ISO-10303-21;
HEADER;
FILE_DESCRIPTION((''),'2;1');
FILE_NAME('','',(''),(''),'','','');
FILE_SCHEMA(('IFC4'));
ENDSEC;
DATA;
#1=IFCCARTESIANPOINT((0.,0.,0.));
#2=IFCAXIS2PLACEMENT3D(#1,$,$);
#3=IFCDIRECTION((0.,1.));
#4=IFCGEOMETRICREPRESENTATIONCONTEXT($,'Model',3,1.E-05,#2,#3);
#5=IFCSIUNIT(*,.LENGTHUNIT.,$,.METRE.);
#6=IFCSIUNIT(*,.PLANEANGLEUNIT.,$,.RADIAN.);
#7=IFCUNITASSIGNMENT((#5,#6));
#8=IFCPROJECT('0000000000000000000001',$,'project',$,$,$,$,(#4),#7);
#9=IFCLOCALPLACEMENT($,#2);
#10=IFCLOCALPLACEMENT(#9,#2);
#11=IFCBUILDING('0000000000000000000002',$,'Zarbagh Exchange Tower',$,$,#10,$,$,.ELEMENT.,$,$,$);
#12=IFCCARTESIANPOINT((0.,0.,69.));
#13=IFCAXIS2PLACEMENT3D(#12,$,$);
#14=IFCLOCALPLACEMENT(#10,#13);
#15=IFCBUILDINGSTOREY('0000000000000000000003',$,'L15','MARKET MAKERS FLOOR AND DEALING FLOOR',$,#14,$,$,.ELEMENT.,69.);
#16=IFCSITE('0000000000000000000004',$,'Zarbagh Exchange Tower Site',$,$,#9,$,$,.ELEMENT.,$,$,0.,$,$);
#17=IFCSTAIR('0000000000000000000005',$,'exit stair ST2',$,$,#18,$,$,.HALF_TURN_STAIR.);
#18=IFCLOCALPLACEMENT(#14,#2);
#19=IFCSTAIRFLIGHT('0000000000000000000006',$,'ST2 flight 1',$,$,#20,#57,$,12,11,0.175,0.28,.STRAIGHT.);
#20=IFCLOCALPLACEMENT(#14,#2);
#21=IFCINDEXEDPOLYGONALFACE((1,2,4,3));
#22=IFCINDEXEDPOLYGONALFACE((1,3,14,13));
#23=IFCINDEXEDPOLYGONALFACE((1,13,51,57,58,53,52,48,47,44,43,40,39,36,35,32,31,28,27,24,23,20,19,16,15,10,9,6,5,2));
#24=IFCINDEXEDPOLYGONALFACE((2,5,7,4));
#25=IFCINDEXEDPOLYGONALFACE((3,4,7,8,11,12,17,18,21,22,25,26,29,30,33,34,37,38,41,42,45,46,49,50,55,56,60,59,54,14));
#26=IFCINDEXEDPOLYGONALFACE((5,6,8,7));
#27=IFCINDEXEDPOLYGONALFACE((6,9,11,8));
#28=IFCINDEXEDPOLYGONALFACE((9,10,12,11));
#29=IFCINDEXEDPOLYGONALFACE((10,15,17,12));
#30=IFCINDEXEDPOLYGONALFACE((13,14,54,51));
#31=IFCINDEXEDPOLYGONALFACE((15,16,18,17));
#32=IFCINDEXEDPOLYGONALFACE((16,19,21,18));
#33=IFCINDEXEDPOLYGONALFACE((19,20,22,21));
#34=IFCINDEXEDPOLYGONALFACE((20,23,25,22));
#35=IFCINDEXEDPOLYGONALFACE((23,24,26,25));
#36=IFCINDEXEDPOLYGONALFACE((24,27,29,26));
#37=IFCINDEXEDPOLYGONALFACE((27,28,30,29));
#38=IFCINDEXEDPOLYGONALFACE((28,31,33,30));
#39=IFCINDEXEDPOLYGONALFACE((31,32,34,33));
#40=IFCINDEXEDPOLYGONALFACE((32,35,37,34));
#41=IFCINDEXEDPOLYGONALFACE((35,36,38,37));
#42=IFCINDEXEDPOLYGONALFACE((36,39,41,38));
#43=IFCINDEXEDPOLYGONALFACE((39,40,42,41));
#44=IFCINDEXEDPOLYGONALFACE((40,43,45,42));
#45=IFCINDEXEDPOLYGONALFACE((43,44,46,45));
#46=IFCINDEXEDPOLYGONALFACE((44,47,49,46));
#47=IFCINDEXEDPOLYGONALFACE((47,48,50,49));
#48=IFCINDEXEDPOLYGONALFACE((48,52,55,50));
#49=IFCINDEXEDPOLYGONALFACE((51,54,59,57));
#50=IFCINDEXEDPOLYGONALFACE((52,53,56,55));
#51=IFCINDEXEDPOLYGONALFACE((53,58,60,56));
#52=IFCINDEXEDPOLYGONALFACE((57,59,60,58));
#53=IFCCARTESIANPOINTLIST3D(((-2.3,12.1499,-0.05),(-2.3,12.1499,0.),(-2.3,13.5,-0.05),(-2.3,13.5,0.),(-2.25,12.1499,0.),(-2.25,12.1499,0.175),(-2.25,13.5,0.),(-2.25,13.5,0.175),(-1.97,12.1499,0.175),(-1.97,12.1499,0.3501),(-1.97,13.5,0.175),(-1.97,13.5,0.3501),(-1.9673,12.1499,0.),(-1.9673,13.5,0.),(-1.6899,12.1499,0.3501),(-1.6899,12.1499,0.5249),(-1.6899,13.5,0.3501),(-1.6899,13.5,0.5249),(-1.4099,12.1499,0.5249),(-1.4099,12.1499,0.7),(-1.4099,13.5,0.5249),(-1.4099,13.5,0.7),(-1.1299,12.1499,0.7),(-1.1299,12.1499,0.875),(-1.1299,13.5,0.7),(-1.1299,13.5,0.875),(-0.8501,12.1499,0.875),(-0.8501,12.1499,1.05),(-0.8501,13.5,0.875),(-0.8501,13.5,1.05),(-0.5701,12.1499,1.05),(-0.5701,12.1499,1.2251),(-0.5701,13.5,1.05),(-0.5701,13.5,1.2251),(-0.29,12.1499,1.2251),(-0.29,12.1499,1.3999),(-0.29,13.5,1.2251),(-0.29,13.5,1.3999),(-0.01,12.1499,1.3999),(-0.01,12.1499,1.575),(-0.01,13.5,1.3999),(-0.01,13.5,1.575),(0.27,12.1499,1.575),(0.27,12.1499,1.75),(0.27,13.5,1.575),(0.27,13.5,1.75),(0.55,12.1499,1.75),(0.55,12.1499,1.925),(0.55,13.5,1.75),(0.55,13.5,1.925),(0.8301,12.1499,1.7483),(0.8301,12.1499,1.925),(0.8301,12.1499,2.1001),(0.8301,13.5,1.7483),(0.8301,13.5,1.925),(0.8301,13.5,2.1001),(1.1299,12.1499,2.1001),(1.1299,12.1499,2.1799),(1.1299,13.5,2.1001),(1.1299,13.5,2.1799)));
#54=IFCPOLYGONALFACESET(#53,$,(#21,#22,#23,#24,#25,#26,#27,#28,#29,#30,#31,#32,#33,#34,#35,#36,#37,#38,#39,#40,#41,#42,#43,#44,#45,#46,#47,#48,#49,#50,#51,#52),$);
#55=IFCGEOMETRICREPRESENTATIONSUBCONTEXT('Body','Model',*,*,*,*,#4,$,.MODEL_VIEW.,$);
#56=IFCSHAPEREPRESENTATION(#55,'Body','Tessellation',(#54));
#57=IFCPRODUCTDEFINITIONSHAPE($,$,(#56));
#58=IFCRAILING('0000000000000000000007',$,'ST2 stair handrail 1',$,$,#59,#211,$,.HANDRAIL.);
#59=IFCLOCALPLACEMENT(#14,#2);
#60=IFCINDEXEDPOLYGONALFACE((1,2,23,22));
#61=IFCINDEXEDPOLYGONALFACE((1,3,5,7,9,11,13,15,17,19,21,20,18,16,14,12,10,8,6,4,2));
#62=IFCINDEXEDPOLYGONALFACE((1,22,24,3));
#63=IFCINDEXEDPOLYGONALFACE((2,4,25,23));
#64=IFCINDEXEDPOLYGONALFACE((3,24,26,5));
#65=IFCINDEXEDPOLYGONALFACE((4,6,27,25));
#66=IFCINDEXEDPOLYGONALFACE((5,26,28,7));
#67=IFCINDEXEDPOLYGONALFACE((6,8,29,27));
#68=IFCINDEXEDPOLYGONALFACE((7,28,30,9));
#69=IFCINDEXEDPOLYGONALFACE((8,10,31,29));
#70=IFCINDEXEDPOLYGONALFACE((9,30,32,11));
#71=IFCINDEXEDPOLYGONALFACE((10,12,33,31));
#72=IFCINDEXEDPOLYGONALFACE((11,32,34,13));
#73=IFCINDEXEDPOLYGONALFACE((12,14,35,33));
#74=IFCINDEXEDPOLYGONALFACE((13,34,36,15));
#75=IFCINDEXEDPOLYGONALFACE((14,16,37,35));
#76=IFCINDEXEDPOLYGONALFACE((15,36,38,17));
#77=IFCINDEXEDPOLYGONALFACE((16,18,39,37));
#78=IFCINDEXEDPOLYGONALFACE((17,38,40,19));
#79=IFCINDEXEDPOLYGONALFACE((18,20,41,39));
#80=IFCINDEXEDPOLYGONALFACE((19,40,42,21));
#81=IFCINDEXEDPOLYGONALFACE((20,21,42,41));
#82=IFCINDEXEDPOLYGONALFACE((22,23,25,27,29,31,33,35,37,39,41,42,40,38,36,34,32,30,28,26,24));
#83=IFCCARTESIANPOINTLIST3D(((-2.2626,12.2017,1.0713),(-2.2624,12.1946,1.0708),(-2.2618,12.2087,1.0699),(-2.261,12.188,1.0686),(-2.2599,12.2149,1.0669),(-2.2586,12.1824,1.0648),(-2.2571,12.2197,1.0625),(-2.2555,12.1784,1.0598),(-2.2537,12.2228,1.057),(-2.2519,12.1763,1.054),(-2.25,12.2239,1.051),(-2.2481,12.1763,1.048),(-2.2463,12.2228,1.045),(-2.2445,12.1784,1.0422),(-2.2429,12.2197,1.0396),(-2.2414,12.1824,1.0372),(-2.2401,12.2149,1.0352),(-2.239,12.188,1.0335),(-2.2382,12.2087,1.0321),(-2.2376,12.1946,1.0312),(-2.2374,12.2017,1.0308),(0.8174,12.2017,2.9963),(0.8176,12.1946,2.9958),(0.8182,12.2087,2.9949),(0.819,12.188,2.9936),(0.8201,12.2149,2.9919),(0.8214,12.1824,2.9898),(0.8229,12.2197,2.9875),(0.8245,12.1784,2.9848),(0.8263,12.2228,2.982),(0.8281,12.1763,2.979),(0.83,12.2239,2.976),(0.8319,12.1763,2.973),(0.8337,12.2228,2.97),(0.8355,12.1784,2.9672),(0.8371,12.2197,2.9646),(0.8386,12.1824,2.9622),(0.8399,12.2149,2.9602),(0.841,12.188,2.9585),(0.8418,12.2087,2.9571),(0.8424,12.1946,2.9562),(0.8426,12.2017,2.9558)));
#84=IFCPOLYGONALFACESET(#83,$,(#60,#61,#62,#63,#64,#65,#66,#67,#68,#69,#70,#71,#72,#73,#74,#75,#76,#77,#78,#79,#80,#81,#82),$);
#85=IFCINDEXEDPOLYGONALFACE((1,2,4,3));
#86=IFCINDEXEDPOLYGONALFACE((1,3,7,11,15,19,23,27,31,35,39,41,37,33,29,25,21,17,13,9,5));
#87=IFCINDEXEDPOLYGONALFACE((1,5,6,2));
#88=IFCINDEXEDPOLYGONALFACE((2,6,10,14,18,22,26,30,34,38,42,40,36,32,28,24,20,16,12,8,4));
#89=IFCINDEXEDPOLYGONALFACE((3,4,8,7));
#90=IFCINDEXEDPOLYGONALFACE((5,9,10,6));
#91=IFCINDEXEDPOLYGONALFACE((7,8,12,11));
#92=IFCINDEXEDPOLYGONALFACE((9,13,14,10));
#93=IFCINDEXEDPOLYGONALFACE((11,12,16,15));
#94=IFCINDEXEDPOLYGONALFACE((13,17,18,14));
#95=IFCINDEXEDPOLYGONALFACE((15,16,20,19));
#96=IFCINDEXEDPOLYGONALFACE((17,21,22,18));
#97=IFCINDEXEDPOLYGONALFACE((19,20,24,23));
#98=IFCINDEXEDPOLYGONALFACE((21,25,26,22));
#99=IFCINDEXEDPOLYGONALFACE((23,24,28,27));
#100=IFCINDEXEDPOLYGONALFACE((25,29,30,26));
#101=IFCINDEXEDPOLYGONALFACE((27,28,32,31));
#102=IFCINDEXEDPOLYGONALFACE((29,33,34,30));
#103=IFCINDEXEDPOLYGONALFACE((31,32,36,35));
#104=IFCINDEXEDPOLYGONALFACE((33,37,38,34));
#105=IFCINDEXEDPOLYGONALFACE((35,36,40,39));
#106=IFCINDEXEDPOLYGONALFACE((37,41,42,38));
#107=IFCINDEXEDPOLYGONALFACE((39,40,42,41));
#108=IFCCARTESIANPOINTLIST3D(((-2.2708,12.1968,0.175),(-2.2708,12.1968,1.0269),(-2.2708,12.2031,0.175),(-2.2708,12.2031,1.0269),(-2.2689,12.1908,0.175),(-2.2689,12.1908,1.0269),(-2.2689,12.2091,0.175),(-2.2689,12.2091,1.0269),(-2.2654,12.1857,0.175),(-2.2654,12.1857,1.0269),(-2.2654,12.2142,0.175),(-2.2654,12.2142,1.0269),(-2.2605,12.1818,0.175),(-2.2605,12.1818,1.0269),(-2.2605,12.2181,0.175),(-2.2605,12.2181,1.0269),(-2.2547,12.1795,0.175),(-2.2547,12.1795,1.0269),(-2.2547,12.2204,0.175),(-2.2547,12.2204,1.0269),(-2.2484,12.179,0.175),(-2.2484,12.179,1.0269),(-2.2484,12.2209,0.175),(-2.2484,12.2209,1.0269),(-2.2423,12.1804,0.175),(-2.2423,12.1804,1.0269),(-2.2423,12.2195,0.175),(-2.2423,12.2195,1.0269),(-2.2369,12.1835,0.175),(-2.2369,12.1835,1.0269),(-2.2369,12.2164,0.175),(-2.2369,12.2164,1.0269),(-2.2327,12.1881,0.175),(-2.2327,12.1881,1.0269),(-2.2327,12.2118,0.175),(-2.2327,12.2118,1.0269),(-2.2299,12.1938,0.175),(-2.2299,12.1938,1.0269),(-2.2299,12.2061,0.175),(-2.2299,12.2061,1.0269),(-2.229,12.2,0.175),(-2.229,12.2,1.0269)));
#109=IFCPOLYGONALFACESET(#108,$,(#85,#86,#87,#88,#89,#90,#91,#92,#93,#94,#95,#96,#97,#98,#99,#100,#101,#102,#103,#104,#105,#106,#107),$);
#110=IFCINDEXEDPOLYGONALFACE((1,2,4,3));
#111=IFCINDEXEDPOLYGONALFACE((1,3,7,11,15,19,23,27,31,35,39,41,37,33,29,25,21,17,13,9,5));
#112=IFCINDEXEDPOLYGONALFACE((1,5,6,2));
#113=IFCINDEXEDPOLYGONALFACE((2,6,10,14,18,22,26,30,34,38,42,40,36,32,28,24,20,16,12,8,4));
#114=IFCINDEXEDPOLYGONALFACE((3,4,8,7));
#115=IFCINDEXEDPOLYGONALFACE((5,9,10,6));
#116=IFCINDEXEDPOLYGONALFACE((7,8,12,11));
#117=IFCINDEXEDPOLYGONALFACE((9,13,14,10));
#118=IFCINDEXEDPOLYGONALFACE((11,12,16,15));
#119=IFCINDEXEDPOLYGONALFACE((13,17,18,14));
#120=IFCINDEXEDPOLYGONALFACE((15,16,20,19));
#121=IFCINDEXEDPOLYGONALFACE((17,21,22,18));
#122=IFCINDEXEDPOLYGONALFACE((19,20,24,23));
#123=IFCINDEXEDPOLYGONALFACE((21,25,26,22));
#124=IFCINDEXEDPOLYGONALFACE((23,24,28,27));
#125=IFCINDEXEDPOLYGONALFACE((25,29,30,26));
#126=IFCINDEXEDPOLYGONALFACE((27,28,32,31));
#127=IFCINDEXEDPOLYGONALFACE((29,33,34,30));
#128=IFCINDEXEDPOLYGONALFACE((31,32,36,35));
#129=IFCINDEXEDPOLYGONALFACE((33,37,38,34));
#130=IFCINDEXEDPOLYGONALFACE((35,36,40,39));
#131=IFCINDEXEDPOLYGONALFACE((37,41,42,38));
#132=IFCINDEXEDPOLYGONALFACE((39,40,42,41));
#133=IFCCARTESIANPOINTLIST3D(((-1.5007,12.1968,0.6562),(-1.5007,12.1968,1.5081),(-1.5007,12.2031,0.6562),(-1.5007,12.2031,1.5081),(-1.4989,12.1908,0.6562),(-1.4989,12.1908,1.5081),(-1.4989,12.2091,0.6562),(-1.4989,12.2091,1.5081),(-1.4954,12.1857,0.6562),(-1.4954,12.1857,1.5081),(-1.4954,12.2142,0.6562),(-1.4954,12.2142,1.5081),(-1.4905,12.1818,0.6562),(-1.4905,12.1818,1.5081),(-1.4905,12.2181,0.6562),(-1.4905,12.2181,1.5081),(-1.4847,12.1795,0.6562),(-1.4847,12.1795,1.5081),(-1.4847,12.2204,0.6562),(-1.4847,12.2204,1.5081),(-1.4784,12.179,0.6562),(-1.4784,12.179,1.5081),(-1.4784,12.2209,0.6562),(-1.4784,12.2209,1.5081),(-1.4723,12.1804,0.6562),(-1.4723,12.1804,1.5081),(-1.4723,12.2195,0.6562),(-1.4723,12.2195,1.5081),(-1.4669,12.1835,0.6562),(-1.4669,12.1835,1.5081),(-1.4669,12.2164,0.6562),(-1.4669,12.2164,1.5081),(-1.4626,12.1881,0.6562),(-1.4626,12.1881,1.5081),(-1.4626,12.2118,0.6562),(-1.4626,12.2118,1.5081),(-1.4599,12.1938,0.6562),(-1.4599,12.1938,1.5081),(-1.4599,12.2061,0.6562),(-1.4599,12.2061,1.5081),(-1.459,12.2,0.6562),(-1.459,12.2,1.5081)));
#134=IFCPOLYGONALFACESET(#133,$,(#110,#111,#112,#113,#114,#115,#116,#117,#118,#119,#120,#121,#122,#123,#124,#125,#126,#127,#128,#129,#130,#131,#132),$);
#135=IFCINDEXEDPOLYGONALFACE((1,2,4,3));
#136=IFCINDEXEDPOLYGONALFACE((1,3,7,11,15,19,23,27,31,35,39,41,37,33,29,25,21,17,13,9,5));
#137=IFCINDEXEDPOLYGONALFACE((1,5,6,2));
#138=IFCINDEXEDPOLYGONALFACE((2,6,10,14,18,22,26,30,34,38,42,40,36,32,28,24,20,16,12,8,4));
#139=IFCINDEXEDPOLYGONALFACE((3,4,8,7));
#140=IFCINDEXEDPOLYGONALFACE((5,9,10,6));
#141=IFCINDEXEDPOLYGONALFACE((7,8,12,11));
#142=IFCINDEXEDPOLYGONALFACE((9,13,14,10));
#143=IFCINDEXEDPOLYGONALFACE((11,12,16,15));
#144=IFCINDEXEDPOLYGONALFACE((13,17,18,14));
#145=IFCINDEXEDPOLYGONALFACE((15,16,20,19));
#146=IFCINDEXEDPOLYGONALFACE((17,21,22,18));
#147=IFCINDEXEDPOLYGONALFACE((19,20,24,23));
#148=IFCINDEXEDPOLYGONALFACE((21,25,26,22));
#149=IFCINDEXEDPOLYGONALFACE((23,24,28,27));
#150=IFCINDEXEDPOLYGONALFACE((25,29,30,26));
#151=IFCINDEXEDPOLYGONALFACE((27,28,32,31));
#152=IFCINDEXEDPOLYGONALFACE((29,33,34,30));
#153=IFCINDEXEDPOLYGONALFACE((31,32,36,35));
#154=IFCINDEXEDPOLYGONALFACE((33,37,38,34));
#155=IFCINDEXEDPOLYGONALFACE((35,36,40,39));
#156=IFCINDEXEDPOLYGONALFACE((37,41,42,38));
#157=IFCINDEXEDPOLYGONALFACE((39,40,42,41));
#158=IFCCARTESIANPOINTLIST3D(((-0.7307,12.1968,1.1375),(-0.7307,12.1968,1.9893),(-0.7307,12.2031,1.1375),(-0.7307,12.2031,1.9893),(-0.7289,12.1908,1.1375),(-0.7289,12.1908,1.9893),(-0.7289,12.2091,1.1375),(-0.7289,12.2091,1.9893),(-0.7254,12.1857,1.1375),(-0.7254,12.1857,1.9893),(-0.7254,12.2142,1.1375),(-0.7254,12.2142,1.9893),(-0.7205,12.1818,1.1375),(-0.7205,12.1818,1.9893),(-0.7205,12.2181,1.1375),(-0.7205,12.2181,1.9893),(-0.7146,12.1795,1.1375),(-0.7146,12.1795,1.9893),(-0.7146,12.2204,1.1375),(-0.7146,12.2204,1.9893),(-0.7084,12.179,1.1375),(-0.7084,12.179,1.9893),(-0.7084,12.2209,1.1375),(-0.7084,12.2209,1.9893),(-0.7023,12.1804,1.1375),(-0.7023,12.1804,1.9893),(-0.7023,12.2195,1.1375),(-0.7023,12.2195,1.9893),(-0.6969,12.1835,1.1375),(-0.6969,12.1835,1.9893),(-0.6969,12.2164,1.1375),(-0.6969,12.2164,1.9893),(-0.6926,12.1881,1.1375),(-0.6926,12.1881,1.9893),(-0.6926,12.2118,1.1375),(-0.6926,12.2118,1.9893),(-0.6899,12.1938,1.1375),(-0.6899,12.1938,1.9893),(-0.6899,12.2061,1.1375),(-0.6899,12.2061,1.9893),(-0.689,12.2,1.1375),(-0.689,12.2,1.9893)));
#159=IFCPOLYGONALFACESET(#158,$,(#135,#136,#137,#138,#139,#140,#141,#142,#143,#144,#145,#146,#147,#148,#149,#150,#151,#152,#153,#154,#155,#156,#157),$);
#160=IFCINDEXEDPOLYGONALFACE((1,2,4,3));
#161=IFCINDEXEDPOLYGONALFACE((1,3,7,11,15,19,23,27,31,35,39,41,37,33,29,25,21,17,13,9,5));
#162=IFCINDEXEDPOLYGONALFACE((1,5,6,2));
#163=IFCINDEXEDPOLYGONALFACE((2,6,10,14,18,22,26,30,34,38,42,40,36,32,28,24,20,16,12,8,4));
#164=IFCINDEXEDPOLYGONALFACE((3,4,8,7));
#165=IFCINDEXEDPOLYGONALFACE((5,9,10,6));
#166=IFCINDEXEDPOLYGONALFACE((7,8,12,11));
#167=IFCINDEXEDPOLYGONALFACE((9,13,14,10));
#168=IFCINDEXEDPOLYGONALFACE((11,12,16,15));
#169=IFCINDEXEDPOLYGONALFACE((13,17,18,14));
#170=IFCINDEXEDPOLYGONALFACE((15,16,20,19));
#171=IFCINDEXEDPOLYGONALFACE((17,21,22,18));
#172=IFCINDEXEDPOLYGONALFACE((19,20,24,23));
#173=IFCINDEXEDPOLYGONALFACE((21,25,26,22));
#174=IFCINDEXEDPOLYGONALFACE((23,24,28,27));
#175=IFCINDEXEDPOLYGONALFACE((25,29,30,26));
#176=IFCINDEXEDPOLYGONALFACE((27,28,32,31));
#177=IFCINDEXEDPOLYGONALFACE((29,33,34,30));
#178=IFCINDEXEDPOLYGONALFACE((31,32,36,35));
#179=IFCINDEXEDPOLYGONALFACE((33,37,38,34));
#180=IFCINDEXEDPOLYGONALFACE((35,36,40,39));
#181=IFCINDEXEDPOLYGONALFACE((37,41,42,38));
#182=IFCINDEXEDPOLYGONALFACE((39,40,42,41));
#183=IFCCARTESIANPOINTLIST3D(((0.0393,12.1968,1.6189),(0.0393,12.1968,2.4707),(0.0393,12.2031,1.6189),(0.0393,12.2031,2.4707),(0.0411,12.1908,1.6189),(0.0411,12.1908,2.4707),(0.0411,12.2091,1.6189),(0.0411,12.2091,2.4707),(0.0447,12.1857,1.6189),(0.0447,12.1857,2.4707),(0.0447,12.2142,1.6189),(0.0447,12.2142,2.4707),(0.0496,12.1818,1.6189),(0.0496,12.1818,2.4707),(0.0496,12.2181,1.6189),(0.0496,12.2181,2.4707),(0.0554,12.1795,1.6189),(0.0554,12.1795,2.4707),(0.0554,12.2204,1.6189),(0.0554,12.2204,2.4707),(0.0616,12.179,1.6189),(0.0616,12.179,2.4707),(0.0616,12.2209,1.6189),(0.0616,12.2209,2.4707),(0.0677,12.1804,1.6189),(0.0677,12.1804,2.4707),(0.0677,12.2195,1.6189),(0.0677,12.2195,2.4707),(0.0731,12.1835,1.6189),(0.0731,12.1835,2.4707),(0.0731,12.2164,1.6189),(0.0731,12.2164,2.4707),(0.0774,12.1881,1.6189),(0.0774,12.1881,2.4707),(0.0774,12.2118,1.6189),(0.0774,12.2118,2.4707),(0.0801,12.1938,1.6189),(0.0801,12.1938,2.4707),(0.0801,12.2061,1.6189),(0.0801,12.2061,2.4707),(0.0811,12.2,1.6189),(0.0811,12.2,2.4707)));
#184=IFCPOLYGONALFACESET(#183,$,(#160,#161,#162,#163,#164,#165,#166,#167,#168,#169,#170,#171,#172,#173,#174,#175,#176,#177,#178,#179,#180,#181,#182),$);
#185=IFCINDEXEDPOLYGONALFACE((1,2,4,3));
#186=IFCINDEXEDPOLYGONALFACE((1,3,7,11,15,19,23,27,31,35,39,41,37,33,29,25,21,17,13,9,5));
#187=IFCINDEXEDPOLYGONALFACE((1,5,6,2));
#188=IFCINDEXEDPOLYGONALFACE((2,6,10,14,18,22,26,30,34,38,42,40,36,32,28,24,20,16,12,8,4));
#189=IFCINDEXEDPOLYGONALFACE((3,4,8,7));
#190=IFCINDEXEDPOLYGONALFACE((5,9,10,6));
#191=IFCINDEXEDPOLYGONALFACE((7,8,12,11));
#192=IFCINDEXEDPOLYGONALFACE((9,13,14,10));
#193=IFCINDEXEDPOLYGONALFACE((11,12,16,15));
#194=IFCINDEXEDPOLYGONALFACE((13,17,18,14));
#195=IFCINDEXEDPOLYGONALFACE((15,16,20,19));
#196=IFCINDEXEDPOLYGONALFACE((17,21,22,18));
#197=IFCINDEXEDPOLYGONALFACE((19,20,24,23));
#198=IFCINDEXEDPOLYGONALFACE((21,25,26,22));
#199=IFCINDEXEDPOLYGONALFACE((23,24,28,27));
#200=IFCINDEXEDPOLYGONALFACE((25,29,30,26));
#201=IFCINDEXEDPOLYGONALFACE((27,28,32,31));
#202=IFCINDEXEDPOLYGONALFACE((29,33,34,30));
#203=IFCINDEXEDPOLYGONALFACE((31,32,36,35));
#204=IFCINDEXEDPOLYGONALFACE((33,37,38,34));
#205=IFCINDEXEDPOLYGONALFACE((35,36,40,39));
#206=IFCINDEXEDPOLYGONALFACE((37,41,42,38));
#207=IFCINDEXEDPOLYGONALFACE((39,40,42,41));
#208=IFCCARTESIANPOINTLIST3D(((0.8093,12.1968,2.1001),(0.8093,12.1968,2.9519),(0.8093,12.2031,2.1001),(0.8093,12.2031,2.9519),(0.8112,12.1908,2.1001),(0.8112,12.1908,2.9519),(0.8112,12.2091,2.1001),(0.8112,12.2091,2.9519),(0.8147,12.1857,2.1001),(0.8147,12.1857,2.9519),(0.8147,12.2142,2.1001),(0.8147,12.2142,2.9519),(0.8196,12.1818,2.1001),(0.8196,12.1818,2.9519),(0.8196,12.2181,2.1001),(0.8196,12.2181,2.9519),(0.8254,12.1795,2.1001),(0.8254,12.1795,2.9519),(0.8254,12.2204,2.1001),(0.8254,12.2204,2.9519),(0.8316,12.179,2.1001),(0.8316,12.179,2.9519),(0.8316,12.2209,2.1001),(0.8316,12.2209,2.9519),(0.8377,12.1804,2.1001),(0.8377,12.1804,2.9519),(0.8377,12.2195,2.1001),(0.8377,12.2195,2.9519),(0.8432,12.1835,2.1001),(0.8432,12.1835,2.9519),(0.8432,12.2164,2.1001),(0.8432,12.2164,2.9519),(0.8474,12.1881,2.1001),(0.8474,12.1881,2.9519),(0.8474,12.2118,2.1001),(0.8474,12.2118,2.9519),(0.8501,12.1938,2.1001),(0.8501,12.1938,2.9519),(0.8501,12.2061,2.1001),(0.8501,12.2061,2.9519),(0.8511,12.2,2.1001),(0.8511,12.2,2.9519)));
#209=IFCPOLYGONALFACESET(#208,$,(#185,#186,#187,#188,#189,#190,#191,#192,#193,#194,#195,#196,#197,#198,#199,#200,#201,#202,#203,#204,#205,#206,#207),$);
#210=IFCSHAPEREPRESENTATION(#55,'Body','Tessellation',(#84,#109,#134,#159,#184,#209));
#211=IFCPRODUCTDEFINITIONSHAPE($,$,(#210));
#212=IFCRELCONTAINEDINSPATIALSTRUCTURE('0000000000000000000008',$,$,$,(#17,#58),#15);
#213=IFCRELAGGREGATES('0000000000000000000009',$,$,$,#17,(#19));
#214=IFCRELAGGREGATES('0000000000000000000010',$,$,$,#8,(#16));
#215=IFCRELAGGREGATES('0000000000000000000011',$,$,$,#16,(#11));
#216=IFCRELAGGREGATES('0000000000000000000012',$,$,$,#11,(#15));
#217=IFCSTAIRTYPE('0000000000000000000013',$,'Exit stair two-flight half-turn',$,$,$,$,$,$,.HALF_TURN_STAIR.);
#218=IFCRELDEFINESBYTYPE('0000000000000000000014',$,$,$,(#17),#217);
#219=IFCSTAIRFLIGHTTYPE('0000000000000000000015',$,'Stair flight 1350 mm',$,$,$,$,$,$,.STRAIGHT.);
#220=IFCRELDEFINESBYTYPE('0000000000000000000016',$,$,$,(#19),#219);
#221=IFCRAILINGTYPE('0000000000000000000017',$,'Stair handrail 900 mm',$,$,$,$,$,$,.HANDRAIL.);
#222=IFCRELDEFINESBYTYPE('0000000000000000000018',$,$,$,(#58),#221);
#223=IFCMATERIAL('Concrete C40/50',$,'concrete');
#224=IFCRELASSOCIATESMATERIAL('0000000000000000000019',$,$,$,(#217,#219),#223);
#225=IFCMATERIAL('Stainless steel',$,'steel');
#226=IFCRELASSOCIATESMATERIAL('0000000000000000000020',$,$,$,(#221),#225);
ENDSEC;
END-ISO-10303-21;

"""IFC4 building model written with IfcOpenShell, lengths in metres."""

from ifc_helpers import new_model, si_unit, direction, frame, origin, origin_2d, place, context, subcontext, project, spatial, polyline, circle, outline, extrude, material, type_object, element, aggregate, save


model = new_model("IFC4")

# Units and contexts
model_context = context("Model", 3, precision=1e-05, world=origin(), true_north=direction((0.0, 1.0)))
body_context = subcontext(model_context, "Body", "Model", "MODEL_VIEW")
ifc_project = project(units=[si_unit("LENGTHUNIT", "METRE"), si_unit("PLANEANGLEUNIT", "RADIAN")], contexts=[model_context])

# Site, building, storey
site_placement = place(None, origin())
site = spatial("IfcSite", under=ifc_project, at=site_placement, Name="Zarbagh Exchange Tower Site", CompositionType="ELEMENT", RefElevation=0.0)
building_placement = place(site_placement, origin())
building = spatial("IfcBuilding", under=site, at=building_placement, Name="Zarbagh Exchange Tower", CompositionType="ELEMENT")
storey_placement = place(building_placement, frame((0.0, 0.0, 69.0)))
storey = spatial("IfcBuildingStorey", under=building, at=storey_placement, Name="L15", Description="MARKET MAKERS FLOOR AND DEALING FLOOR", CompositionType="ELEMENT", Elevation=69.0)

# Shared definitions
ifc_material_1 = material(Name="Concrete C40/50", Category="concrete")

# Stair, stair flight
stair_type = type_object("IfcStairType", Name="Exit stair two-flight half-turn", PredefinedType="HALF_TURN_STAIR", material=ifc_material_1)
stair_placement = place(storey_placement, origin())
stair = element("IfcStair", 1, at=stair_placement, inside=storey, type_object=stair_type, Name="exit stair ST2", PredefinedType="HALF_TURN_STAIR")
stair_flight_type = type_object("IfcStairFlightType", Name="Stair flight 1350 mm", PredefinedType="STRAIGHT", material=ifc_material_1)
stair_flight_placement = place(storey_placement, frame((-2.25, 12.825, 0.0), z_axis=(0.0, 0.0, 1.0), x_axis=(1.0, 0.0, 0.0)))
stair_flight = element("IfcStairFlight", 2, at=stair_flight_placement, type_object=stair_flight_type, Name="ST2 flight 1", NumberOfRisers=12, NumberOfTreads=11, PredefinedType="STRAIGHT", RiserHeight=0.175, TreadLength=0.28, context=body_context, shape_type="SweptSolid", body=[
    extrude(outline(polyline([(-0.05, -0.05), (-0.05, 0.0), (0.0, 0.0), (0.0, 0.175), (0.28, 0.175), (0.28, 0.3501), (0.5601, 0.3501), (0.5601, 0.5249), (0.8401, 0.5249), (0.8401, 0.7), (1.1201, 0.7), (1.1201, 0.875), (1.3999, 0.875), (1.3999, 1.05), (1.6799, 1.05), (1.6799, 1.2251), (1.96, 1.2251), (1.96, 1.3999), (2.24, 1.3999), (2.24, 1.575), (2.52, 1.575), (2.52, 1.75), (2.8, 1.75), (2.8, 1.925), (3.0801, 1.925), (3.0801, 2.1001), (3.3799, 2.1799), (3.3799, 2.1001), (3.0801, 1.7483), (0.2827, 0.0), (-0.05, -0.05)])), frame((0.0, 0.675, 0.0), z_axis=(0.0, -1.0, 0.0), x_axis=(1.0, 0.0, 0.0)), (0.0, 0.0, 1.0), 1.3501),
])
aggregate(stair, [stair_flight])

# Railing
ifc_material_2 = material(Name="Stainless steel", Category="steel")
railing_type = type_object("IfcRailingType", Name="Stair handrail 900 mm", PredefinedType="HANDRAIL", material=ifc_material_2)
railing_placement = place(storey_placement, frame((-2.25, 12.2, 0.175)))
element("IfcRailing", 3, at=railing_placement, inside=storey, type_object=railing_type, Name="ST2 stair handrail 1", PredefinedType="HANDRAIL", context=body_context, shape_type="SweptSolid", body=[
    extrude(circle(Radius=0.0239, at=origin_2d()), frame((0.0, 0.0, 0.876), z_axis=(0.847998, 0.0, 0.529999), x_axis=(0.0, 1.0, 0.0)), (0.0, 0.0, 1.0), 3.6321),
    extrude(circle(Radius=0.021, at=origin_2d()), origin(), (0.0, 0.0, 1.0), 0.8518),
    extrude(circle(Radius=0.021, at=origin_2d()), frame((0.77, 0.0, 0.4812)), (0.0, 0.0, 1.0), 0.8518),
    extrude(circle(Radius=0.021, at=origin_2d()), frame((1.54, 0.0, 0.9624)), (0.0, 0.0, 1.0), 0.8518),
    extrude(circle(Radius=0.021, at=origin_2d()), frame((2.3101, 0.0, 1.4438)), (0.0, 0.0, 1.0), 0.8518),
    extrude(circle(Radius=0.021, at=origin_2d()), frame((3.0801, 0.0, 1.925)), (0.0, 0.0, 1.0), 0.8518),
])

save(model, "model.ifc")
